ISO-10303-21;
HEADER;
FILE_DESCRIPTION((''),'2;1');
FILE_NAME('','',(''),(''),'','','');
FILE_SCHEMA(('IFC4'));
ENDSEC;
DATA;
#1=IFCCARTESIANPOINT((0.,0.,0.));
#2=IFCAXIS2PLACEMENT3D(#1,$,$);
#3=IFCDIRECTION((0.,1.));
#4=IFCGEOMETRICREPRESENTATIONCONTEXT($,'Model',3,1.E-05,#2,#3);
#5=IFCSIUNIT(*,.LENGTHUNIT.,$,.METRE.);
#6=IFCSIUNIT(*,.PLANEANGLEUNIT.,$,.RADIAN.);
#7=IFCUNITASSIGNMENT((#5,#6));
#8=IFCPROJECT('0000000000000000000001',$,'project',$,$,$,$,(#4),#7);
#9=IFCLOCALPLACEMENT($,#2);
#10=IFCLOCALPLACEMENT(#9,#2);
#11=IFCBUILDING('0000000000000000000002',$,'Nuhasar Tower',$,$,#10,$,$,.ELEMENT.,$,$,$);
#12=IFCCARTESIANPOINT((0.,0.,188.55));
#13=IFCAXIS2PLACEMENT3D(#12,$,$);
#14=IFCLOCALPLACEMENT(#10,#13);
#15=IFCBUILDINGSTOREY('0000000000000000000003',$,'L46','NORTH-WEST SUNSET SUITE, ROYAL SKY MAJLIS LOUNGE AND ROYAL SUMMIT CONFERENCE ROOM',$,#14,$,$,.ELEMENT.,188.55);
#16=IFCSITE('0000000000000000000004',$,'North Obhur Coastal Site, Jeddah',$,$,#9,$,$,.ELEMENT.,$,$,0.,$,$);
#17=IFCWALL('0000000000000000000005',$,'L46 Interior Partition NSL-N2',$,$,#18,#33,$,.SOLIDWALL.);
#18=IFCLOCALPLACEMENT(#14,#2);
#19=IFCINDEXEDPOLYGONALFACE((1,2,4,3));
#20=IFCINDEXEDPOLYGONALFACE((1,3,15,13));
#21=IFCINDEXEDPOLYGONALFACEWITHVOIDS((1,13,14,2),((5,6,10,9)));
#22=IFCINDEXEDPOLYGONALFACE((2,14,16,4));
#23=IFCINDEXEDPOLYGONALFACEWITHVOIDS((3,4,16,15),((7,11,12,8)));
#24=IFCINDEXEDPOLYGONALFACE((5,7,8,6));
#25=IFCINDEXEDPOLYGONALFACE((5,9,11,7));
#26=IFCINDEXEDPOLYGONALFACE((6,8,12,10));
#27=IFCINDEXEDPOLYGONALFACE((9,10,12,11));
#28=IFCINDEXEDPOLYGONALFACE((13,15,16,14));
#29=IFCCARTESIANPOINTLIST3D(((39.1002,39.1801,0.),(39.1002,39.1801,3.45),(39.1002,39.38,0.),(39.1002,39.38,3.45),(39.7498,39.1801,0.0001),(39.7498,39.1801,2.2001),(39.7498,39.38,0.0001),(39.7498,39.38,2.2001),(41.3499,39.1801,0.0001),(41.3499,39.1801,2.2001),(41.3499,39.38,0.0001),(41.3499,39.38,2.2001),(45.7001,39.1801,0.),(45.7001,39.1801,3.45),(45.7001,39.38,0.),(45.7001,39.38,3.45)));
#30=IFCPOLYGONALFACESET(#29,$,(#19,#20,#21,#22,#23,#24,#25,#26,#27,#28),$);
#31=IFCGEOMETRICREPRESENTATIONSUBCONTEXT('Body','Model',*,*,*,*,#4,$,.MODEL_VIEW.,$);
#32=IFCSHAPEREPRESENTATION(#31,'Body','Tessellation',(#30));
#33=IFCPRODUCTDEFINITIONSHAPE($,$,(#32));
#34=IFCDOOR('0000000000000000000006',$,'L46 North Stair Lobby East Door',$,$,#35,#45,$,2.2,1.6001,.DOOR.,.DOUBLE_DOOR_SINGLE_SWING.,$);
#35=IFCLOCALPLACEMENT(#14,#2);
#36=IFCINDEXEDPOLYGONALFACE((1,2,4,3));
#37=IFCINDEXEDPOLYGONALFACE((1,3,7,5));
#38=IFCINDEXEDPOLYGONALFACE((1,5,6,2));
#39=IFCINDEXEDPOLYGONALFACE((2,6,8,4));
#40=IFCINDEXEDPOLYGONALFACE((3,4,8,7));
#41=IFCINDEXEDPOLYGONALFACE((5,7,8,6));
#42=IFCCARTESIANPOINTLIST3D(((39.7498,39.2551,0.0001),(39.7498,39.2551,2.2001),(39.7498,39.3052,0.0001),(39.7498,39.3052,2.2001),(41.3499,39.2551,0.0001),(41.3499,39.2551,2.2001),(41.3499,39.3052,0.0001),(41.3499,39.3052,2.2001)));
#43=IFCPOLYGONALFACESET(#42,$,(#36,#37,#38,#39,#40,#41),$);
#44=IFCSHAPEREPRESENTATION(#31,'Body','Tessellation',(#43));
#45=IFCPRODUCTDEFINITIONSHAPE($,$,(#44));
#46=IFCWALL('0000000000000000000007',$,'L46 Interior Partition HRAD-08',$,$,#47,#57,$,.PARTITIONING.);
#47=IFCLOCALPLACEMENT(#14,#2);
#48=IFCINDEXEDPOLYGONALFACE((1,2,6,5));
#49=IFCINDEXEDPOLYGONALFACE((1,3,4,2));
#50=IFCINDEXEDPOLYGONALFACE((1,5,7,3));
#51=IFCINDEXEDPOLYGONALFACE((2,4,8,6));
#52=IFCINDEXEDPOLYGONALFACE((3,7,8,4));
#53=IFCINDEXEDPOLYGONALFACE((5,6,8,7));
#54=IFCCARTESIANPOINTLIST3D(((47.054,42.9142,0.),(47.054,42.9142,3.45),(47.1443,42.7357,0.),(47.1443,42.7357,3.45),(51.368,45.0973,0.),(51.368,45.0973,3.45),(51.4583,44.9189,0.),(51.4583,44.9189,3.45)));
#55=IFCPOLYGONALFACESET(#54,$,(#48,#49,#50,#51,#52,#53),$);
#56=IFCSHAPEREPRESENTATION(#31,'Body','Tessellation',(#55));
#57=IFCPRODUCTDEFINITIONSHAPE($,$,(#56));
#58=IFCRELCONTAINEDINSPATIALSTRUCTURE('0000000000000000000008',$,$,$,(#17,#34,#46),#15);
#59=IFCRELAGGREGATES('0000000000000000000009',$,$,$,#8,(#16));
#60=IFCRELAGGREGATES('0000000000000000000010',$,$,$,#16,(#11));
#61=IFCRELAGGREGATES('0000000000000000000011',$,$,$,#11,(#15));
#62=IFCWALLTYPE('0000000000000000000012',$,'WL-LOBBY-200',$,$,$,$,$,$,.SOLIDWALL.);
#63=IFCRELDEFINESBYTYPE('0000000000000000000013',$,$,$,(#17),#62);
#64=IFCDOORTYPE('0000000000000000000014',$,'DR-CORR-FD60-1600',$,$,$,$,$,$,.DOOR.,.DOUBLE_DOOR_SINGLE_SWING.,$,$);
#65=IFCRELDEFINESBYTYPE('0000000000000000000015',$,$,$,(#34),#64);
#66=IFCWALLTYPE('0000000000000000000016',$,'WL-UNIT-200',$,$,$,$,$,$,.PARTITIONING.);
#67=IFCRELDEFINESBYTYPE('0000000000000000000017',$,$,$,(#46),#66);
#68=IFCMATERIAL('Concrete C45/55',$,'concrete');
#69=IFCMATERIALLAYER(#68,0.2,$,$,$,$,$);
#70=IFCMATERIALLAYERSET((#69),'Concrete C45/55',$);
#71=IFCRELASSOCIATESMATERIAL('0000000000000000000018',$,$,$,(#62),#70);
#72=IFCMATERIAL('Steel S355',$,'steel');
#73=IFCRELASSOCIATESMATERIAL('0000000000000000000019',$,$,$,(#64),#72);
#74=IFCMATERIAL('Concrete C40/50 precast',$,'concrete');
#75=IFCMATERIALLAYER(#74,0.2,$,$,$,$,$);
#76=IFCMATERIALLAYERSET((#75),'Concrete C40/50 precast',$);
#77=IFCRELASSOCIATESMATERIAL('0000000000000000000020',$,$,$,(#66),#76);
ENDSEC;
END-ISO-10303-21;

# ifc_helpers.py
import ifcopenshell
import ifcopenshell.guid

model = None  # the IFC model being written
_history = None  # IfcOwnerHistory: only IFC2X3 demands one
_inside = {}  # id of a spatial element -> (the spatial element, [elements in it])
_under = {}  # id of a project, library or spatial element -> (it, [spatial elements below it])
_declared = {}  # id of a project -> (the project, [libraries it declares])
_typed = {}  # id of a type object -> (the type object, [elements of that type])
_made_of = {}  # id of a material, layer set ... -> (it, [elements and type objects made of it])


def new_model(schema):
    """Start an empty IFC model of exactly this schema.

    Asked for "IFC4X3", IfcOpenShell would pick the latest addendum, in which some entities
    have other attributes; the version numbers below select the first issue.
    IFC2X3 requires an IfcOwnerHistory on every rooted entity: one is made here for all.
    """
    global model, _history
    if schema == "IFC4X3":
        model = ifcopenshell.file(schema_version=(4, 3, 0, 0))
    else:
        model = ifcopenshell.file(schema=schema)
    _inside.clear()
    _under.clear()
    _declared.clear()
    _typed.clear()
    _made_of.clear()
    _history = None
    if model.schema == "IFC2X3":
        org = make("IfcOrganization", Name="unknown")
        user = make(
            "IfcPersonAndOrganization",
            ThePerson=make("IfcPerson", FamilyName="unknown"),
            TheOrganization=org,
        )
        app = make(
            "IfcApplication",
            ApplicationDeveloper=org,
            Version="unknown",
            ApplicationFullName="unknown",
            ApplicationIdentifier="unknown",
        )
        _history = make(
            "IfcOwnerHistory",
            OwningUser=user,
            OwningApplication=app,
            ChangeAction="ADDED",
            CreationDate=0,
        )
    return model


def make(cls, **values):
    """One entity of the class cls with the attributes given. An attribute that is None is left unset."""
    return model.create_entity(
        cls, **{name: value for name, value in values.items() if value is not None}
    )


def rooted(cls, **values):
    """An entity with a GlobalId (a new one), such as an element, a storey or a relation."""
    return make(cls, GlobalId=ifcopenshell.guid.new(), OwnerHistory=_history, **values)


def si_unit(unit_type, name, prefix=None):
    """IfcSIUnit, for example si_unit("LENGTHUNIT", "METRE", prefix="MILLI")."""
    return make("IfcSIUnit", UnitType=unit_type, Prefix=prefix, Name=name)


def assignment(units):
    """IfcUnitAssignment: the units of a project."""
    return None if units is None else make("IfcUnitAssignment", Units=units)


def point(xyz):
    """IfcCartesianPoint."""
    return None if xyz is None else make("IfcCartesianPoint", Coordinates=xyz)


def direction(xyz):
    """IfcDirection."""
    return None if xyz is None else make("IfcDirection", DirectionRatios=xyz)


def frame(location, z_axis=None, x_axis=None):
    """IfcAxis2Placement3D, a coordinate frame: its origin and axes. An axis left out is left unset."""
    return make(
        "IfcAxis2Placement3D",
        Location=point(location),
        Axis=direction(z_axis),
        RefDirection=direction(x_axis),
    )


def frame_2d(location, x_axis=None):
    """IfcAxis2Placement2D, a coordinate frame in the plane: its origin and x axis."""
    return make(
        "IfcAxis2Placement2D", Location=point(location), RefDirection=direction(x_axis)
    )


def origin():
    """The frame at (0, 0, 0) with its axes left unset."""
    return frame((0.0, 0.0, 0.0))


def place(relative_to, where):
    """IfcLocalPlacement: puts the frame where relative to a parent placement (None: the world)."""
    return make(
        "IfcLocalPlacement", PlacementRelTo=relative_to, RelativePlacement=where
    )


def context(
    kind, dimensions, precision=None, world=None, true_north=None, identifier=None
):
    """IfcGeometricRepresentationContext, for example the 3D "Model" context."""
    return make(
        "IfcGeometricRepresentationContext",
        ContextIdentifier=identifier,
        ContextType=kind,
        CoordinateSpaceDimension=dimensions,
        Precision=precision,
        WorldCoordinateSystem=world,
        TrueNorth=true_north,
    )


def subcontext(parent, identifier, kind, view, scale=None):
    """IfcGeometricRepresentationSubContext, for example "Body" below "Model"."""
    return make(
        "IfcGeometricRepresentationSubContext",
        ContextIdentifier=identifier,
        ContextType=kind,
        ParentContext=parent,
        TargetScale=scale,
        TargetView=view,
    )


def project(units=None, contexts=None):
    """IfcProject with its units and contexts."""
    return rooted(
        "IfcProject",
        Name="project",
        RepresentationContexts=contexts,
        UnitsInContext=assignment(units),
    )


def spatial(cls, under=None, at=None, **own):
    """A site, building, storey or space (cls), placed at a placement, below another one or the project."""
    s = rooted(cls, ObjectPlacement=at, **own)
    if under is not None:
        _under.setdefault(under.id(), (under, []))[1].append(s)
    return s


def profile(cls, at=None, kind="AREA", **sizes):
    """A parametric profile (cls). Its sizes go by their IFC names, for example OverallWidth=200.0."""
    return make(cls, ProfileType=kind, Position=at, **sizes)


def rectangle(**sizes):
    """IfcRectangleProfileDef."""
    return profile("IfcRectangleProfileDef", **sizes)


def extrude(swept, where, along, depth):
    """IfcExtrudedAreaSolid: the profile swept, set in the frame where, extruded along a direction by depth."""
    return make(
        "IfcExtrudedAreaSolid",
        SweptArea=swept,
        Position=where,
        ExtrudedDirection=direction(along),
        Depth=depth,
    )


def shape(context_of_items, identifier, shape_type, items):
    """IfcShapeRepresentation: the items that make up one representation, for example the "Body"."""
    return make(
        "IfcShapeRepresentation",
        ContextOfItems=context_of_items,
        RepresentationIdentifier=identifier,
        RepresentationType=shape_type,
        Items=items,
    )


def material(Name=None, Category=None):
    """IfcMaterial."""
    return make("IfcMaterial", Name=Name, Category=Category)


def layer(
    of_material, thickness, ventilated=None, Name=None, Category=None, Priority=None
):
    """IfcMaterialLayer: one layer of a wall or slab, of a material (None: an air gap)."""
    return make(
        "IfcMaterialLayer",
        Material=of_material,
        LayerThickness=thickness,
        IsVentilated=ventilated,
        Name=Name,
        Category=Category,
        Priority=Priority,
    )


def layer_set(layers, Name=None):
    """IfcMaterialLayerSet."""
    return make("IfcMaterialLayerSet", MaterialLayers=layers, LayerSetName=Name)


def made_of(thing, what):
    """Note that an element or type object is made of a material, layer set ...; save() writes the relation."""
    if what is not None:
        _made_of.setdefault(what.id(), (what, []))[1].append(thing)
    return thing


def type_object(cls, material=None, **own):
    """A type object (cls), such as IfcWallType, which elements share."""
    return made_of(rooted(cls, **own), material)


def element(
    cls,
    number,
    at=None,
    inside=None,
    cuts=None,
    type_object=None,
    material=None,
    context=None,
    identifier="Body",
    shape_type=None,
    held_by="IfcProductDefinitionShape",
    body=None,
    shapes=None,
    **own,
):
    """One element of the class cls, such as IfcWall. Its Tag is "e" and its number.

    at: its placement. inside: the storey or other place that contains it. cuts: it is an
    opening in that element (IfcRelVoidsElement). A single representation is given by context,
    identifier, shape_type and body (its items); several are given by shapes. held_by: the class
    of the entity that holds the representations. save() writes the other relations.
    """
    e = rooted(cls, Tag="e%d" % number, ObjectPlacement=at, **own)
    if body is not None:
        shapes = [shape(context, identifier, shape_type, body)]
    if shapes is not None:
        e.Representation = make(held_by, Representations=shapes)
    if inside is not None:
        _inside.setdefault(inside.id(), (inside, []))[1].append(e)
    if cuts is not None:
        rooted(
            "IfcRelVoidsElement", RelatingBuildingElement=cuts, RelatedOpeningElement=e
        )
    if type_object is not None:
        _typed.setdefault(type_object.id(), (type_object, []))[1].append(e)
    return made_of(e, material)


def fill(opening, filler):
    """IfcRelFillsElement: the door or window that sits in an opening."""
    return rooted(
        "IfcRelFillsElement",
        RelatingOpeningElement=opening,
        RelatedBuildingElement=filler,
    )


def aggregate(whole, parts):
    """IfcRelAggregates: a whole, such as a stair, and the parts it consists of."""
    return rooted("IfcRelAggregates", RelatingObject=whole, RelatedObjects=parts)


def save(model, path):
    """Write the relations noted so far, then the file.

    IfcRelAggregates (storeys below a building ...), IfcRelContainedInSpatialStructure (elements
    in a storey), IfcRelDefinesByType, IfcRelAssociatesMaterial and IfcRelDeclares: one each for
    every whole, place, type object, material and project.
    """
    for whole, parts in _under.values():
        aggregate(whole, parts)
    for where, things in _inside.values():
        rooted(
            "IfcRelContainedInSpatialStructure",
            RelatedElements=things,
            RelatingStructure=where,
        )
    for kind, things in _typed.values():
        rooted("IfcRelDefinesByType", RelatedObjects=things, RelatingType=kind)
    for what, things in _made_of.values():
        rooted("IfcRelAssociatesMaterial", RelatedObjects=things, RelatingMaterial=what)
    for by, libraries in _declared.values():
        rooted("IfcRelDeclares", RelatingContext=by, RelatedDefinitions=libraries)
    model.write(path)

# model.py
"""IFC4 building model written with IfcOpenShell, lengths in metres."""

from ifc_helpers import new_model, si_unit, direction, frame, frame_2d, origin, place, context, subcontext, project, spatial, rectangle, extrude, material, layer, layer_set, type_object, element, fill, save


model = new_model("IFC4")

# Units and contexts
model_context = context("Model", 3, precision=1e-05, world=origin(), true_north=direction((0.0, 1.0)))
body_context = subcontext(model_context, "Body", "Model", "MODEL_VIEW")
ifc_project = project(units=[si_unit("LENGTHUNIT", "METRE"), si_unit("PLANEANGLEUNIT", "RADIAN")], contexts=[model_context])

# Site, building, storey
site_placement = place(None, origin())
site = spatial("IfcSite", under=ifc_project, at=site_placement, Name="North Obhur Coastal Site, Jeddah", CompositionType="ELEMENT", RefElevation=0.0)
building_placement = place(site_placement, origin())
building = spatial("IfcBuilding", under=site, at=building_placement, Name="Nuhasar Tower", CompositionType="ELEMENT")
storey_placement = place(building_placement, frame((0.0, 0.0, 188.55)))
storey = spatial("IfcBuildingStorey", under=building, at=storey_placement, Name="L46", Description="NORTH-WEST SUNSET SUITE, ROYAL SKY MAJLIS LOUNGE AND ROYAL SUMMIT CONFERENCE ROOM", CompositionType="ELEMENT", Elevation=188.55)

# Shared definitions
ifc_material_1 = material(Name="Steel S355", Category="steel")

# Shared definitions
ifc_material_2 = material(Name="Concrete C45/55", Category="concrete")
ifc_layer_1 = layer(ifc_material_2, 0.2)
ifc_layer_set_1 = layer_set([ifc_layer_1], Name="Concrete C45/55")
wall_type_1 = type_object("IfcWallType", Name="WL-LOBBY-200", PredefinedType="SOLIDWALL", material=ifc_layer_set_1)

# Wall, opening, door
wall_1_placement = place(storey_placement, frame((45.7, 39.28, 0.0), z_axis=(0.0, 0.0, 1.0), x_axis=(-1.0, 0.0, 0.0)))
wall_1 = element("IfcWall", 1, at=wall_1_placement, inside=storey, type_object=wall_type_1, Name="L46 Interior Partition NSL-N2", PredefinedType="SOLIDWALL", context=body_context, shape_type="SweptSolid", body=[
    extrude(rectangle(XDim=6.5999, YDim=0.2, at=frame_2d((3.2998, 0.0))), origin(), (0.0, 0.0, 1.0), 3.45),
])
opening_1_placement = place(wall_1_placement, frame((4.3501, 0.0, 0.0)))
opening_1 = element("IfcOpeningElement", 2, at=opening_1_placement, cuts=wall_1, PredefinedType="OPENING", context=body_context, shape_type="SweptSolid", body=[
    extrude(rectangle(XDim=1.6001, YDim=2.2, at=frame_2d((0.8, 1.1001))), frame((0.0, 0.1099, 0.0), z_axis=(0.0, -1.0, 0.0), x_axis=(1.0, 0.0, 0.0)), (0.0, 0.0, 1.0), 0.22),
])
door_type_1 = type_object("IfcDoorType", Name="DR-CORR-FD60-1600", OperationType="DOUBLE_DOOR_SINGLE_SWING", PredefinedType="DOOR", material=ifc_material_1)
door_1_placement = place(opening_1_placement, origin())
door_1 = element("IfcDoor", 3, at=door_1_placement, inside=storey, type_object=door_type_1, Name="L46 North Stair Lobby East Door", OperationType="DOUBLE_DOOR_SINGLE_SWING", OverallHeight=2.2, OverallWidth=1.6001, PredefinedType="DOOR", context=body_context, shape_type="SweptSolid", body=[
    extrude(rectangle(XDim=1.6001, YDim=2.2, at=frame_2d((0.8, 1.1001))), frame((0.0, 0.0249, 0.0), z_axis=(0.0, -1.0, 0.0), x_axis=(1.0, 0.0, 0.0)), (0.0, 0.0, 1.0), 0.05),
])
fill(opening_1, door_1)

# Wall
ifc_material_3 = material(Name="Concrete C40/50 precast", Category="concrete")
ifc_layer_2 = layer(ifc_material_3, 0.2)
ifc_layer_set_2 = layer_set([ifc_layer_2], Name="Concrete C40/50 precast")
wall_type_2 = type_object("IfcWallType", Name="WL-UNIT-200", PredefinedType="PARTITIONING", material=ifc_layer_set_2)
wall_2_placement = place(storey_placement, frame((47.0991, 42.825, 0.0), z_axis=(0.0, 0.0, 1.0), x_axis=(0.892256, 0.451531, 0.0)))
element("IfcWall", 4, at=wall_2_placement, inside=storey, type_object=wall_type_2, Name="L46 Interior Partition HRAD-08", PredefinedType="PARTITIONING", context=body_context, shape_type="SweptSolid", body=[
    extrude(rectangle(XDim=4.835, YDim=0.2, at=frame_2d((2.4175, 0.0))), origin(), (0.0, 0.0, 1.0), 3.45),
])

save(model, "model.ifc")
